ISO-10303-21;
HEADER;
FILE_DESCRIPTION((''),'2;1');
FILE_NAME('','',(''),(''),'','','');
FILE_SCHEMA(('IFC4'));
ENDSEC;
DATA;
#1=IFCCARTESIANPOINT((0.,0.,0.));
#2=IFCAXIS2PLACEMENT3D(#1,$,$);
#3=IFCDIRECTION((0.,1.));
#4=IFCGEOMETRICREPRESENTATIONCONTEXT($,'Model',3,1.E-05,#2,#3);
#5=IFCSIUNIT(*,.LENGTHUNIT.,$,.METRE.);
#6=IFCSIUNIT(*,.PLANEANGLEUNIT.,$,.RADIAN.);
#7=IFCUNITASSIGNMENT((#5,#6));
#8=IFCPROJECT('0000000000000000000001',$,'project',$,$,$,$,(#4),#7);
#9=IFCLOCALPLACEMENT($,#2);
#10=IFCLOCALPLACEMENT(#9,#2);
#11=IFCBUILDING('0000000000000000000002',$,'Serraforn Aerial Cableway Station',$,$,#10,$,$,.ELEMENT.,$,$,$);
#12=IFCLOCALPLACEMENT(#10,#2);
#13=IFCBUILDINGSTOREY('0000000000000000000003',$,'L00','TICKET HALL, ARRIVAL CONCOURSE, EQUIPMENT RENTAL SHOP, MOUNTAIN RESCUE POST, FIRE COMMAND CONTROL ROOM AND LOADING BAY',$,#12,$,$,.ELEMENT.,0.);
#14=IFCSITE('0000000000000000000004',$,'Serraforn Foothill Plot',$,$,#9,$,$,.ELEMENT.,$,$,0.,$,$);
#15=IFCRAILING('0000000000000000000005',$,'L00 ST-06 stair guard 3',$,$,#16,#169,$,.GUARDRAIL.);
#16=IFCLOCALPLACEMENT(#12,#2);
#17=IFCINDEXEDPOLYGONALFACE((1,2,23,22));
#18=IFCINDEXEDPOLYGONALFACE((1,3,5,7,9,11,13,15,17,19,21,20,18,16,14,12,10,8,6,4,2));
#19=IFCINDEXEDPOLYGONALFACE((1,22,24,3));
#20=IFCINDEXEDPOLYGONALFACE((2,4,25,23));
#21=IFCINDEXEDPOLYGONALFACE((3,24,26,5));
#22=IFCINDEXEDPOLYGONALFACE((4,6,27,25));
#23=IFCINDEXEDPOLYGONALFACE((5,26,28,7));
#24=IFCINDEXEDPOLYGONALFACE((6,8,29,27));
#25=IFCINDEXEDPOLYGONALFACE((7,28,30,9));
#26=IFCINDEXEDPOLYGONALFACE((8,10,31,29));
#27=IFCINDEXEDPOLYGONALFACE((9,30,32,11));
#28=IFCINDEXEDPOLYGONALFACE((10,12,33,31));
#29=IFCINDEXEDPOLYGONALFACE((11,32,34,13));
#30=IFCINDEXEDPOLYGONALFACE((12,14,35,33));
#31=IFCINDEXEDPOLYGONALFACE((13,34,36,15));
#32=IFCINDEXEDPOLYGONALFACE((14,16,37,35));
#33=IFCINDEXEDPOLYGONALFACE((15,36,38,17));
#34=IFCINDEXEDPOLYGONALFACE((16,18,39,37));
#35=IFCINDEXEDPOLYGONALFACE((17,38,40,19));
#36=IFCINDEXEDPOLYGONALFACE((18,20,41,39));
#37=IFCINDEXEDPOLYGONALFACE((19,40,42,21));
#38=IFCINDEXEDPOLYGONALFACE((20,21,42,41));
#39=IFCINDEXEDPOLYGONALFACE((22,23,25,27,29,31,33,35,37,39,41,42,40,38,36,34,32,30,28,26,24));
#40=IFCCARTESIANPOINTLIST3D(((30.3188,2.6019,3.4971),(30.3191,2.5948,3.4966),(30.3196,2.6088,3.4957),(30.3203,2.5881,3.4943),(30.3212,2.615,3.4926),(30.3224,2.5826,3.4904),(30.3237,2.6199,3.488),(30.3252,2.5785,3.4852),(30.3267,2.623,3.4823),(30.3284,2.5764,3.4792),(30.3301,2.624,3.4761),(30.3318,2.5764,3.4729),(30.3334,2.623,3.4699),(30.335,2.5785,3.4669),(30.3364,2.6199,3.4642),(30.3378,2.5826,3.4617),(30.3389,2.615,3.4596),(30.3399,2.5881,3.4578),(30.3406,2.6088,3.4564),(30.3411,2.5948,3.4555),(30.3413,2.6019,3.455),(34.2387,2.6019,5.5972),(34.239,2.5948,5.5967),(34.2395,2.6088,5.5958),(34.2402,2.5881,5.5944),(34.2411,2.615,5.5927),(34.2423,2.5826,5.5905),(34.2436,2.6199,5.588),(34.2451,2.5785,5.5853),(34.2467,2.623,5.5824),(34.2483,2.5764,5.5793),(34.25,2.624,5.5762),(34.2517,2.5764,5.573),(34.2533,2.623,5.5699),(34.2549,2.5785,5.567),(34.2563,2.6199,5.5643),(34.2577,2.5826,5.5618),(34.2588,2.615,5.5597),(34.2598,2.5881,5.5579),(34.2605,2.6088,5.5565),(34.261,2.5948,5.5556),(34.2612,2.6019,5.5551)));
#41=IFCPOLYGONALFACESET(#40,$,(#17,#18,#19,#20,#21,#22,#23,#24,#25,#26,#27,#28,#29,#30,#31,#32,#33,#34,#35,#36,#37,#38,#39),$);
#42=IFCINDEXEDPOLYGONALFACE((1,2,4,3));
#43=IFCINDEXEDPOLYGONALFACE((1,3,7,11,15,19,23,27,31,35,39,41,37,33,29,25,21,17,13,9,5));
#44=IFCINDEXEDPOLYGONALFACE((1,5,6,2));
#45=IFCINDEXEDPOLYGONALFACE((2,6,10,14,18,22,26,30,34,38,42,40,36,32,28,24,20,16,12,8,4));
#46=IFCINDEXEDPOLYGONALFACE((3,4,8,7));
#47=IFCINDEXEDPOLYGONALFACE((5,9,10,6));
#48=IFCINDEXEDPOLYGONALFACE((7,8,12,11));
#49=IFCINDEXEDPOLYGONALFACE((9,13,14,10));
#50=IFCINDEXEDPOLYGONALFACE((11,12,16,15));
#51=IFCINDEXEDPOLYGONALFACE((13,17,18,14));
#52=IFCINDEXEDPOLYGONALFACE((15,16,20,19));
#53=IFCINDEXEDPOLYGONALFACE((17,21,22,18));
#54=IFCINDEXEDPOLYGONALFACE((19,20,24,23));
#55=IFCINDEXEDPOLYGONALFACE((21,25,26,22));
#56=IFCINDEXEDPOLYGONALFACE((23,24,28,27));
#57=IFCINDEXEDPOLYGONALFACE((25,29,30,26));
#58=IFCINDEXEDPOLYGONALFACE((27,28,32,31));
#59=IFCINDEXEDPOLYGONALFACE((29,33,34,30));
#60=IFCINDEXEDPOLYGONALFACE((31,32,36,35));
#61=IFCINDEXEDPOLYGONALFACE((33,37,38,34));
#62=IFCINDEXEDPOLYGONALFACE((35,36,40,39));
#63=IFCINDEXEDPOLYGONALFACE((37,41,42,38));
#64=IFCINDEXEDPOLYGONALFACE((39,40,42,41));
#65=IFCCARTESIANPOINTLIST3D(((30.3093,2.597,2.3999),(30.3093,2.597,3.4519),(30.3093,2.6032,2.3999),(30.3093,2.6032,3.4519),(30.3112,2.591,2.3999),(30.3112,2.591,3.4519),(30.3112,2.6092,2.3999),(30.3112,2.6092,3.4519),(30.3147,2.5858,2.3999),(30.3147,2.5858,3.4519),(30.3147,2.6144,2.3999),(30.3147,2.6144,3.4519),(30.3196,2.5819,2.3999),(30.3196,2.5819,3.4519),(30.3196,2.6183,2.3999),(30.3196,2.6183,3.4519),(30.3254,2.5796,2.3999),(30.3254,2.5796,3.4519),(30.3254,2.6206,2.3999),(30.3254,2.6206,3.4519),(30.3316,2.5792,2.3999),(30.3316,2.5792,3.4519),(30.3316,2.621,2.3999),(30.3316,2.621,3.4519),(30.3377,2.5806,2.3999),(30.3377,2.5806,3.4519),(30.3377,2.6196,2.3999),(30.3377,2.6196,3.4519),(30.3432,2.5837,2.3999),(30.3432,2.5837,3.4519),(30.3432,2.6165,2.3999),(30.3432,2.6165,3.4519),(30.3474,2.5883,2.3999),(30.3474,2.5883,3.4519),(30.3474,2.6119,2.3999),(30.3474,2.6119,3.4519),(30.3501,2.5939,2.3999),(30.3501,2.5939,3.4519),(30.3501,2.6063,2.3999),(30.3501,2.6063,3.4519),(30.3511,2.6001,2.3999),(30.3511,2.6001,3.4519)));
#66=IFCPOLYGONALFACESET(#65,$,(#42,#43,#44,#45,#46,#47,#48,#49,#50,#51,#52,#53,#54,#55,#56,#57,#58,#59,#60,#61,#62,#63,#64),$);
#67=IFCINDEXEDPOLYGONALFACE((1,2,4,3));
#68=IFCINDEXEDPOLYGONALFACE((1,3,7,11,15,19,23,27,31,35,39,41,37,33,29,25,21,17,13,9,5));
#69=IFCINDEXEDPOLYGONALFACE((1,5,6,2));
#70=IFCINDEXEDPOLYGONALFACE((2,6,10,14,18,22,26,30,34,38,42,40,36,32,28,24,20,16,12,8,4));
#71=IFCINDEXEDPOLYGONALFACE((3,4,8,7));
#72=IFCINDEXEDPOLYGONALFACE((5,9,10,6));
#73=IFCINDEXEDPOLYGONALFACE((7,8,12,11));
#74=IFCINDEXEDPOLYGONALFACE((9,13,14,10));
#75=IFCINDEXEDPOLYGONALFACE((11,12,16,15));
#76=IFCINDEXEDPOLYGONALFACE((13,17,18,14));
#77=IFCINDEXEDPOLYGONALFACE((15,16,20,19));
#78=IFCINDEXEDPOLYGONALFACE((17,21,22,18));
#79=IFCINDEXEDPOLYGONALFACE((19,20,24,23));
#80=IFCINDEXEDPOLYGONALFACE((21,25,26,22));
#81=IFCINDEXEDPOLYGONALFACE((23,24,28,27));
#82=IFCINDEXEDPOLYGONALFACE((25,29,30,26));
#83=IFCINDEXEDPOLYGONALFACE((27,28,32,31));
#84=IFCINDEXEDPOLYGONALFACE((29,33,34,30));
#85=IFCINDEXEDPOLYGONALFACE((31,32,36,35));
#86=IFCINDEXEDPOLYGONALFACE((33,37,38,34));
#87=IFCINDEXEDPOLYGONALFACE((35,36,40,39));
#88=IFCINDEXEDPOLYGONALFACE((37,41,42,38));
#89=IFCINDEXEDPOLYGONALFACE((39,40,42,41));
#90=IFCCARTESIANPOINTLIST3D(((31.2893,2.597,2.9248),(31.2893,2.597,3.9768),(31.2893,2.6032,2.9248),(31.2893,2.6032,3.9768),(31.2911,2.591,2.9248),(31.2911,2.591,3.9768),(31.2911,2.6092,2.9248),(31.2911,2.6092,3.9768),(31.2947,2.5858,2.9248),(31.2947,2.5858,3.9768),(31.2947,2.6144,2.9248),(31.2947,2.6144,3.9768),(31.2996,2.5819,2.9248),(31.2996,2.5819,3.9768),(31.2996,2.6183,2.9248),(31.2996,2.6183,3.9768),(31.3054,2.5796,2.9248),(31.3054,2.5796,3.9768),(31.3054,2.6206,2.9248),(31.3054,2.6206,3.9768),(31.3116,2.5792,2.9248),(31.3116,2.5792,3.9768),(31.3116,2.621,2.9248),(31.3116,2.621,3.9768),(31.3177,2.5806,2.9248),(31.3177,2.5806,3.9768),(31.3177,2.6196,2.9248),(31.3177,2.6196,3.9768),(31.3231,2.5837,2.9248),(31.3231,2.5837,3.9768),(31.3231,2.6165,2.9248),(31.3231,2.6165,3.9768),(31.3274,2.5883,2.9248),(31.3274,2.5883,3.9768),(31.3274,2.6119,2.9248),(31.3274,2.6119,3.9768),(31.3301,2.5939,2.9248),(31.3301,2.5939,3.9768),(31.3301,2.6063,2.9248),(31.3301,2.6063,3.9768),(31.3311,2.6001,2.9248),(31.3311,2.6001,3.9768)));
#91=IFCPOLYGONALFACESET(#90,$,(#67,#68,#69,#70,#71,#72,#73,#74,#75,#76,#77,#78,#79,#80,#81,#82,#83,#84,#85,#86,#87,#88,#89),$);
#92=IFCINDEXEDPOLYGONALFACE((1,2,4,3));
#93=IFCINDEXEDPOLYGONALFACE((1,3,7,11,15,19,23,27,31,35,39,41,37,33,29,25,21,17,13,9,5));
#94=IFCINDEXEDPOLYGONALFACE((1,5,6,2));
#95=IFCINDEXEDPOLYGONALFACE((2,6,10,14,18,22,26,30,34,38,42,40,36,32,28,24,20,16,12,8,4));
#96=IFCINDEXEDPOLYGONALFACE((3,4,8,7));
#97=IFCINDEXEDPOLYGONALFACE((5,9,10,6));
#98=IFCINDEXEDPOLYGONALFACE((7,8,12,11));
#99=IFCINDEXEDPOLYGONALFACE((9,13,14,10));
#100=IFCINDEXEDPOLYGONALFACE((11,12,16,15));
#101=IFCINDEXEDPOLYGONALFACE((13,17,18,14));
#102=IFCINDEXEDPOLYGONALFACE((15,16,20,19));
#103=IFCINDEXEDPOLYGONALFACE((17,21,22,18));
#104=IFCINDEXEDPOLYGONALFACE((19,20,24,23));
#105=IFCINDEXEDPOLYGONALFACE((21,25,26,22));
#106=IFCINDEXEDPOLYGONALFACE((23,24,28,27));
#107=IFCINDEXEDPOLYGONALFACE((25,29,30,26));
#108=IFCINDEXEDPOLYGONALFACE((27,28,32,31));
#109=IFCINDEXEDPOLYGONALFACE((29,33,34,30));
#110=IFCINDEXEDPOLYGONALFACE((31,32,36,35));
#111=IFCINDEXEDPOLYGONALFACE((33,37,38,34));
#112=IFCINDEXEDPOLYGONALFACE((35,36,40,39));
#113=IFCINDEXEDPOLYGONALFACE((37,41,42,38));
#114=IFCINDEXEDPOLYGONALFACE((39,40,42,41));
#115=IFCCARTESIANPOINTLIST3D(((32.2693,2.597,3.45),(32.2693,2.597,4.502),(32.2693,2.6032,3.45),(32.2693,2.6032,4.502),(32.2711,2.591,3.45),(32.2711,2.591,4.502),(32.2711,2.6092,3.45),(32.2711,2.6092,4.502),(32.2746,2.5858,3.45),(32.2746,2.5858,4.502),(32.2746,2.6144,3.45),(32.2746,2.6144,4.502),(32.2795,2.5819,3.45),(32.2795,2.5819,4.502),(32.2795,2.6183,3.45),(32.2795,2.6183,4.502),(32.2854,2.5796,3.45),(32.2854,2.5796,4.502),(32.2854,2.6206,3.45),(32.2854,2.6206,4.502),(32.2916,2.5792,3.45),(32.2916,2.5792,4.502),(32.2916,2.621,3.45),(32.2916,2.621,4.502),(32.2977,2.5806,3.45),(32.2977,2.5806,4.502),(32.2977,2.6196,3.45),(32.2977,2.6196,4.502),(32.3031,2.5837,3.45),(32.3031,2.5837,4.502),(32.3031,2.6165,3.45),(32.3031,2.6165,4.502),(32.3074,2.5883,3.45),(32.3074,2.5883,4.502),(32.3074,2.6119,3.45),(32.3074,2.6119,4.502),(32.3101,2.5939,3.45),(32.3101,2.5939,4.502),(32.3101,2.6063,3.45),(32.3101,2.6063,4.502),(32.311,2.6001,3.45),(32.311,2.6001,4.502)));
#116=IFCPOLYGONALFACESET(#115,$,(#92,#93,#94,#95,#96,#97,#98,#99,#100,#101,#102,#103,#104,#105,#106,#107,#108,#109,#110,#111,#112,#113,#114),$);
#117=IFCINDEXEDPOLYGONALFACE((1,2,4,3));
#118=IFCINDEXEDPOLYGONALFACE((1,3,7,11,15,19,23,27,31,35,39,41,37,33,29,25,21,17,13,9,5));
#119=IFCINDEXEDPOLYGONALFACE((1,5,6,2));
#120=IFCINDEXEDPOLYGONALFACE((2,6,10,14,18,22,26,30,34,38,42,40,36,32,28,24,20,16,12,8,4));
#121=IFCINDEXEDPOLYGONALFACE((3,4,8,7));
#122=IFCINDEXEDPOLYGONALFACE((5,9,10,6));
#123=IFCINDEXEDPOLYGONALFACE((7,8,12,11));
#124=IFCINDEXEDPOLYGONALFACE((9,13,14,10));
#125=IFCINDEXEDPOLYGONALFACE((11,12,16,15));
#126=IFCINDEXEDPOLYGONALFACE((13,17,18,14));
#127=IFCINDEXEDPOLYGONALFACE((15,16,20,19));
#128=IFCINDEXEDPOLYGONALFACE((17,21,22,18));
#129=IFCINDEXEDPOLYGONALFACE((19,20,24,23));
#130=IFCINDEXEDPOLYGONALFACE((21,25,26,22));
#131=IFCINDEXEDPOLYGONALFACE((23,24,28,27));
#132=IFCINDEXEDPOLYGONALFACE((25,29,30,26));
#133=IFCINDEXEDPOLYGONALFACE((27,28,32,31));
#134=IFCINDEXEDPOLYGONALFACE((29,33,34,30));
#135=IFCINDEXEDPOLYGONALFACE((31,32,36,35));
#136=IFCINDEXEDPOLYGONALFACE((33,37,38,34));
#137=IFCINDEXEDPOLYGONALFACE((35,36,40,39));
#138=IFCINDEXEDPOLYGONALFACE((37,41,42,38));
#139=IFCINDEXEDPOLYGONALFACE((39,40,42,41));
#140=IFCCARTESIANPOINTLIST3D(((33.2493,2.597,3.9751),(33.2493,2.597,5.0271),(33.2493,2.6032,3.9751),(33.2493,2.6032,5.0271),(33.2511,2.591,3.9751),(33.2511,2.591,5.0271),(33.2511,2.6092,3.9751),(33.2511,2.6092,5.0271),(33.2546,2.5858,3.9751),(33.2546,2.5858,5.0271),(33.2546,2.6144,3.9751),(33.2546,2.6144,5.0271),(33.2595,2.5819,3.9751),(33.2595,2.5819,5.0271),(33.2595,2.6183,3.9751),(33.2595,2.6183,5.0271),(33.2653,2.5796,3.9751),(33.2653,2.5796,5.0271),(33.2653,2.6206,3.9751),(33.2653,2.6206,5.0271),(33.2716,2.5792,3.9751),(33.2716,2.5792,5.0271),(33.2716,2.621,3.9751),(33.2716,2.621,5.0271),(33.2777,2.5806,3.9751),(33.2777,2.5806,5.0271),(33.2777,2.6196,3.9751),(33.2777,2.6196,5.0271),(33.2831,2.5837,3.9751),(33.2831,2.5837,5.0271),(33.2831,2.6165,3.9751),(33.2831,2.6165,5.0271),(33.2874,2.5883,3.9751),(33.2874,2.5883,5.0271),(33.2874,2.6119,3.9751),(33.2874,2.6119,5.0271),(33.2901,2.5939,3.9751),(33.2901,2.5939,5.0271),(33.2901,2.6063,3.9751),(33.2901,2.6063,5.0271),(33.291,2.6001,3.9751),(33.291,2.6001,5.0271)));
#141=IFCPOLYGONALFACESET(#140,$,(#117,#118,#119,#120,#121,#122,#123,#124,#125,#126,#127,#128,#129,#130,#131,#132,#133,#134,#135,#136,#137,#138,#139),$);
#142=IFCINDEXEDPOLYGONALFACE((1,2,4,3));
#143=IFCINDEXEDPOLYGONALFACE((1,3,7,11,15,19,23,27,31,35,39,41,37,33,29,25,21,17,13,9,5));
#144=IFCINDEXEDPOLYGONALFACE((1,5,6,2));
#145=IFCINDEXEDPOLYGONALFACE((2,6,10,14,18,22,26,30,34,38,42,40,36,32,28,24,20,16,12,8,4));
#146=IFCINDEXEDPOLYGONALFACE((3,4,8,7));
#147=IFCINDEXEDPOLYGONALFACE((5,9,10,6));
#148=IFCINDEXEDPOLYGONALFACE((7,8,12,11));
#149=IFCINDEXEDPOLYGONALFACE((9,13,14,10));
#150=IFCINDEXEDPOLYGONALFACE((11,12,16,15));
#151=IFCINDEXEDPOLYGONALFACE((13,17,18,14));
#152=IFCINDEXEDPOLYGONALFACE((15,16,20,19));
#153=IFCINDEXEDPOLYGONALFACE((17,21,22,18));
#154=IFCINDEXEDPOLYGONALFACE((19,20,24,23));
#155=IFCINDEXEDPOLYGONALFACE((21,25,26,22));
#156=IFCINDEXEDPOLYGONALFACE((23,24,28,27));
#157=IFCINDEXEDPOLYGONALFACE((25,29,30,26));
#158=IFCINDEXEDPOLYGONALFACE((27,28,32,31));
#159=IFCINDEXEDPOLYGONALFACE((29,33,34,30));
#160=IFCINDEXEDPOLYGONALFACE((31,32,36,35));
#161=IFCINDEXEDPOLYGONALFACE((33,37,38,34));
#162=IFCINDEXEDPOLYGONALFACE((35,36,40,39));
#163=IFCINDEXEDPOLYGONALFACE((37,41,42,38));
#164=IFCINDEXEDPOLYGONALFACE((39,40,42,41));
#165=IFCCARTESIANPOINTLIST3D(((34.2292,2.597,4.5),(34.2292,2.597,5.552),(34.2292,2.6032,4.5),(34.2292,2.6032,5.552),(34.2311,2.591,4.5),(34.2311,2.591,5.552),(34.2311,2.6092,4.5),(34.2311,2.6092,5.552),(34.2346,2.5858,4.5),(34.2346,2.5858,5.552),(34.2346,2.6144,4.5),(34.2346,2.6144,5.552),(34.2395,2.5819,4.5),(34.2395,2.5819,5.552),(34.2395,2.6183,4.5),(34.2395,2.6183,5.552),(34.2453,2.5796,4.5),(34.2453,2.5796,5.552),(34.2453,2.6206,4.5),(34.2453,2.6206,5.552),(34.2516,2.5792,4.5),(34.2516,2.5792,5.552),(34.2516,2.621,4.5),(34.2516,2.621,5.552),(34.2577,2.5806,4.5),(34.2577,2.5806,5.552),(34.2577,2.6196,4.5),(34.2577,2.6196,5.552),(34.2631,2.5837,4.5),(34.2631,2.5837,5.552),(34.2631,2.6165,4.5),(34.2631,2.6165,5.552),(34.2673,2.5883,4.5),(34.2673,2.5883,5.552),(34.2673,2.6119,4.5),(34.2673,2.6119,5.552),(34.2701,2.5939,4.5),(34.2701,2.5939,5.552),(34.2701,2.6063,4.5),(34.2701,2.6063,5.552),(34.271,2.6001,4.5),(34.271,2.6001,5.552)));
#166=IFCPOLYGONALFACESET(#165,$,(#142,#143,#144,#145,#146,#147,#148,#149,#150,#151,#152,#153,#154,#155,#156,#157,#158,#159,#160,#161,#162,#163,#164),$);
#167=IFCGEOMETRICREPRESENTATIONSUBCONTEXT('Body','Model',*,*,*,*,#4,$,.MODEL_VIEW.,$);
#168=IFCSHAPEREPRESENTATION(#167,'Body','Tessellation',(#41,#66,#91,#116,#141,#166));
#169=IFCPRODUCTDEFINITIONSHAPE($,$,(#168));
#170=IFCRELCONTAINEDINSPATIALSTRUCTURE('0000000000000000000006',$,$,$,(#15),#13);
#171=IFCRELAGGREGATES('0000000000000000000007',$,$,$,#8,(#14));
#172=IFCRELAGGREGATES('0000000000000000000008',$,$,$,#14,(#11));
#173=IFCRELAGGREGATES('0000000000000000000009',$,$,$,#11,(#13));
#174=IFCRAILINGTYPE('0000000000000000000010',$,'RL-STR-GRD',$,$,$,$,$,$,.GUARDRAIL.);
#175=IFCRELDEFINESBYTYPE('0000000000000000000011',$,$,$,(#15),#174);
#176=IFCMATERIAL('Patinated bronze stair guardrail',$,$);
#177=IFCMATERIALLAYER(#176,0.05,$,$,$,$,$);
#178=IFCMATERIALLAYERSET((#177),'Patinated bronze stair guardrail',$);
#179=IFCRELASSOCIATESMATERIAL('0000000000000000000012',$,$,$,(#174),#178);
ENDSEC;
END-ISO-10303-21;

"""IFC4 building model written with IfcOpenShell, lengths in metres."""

from ifc_helpers import new_model, si_unit, direction, frame, origin, origin_2d, place, context, subcontext, project, spatial, circle, extrude, material, layer, layer_set, type_object, element, save


model = new_model("IFC4")

# Units and contexts
model_context = context("Model", 3, precision=1e-05, world=origin(), true_north=direction((0.0, 1.0)))
body_context = subcontext(model_context, "Body", "Model", "MODEL_VIEW")
ifc_project = project(units=[si_unit("LENGTHUNIT", "METRE"), si_unit("PLANEANGLEUNIT", "RADIAN")], contexts=[model_context])

# Site, building, storey
site_placement = place(None, origin())
site = spatial("IfcSite", under=ifc_project, at=site_placement, Name="Serraforn Foothill Plot", CompositionType="ELEMENT", RefElevation=0.0)
building_placement = place(site_placement, origin())
building = spatial("IfcBuilding", under=site, at=building_placement, Name="Serraforn Aerial Cableway Station", CompositionType="ELEMENT")
storey_placement = place(building_placement, origin())
storey = spatial("IfcBuildingStorey", under=building, at=storey_placement, Name="L00", Description="TICKET HALL, ARRIVAL CONCOURSE, EQUIPMENT RENTAL SHOP, MOUNTAIN RESCUE POST, FIRE COMMAND CONTROL ROOM AND LOADING BAY", CompositionType="ELEMENT", Elevation=0.0)

# Railing
ifc_material_1 = material(Name="Patinated bronze stair guardrail")
ifc_layer_1 = layer(ifc_material_1, 0.05)
ifc_layer_set_1 = layer_set([ifc_layer_1], Name="Patinated bronze stair guardrail")
railing_type_1 = type_object("IfcRailingType", Name="RL-STR-GRD", PredefinedType="GUARDRAIL", material=ifc_layer_set_1)
railing_1_placement = place(storey_placement, frame((30.3301, 2.6001, 2.3999)))
element("IfcRailing", 1, at=railing_1_placement, inside=storey, type_object=railing_type_1, Name="L00 ST-06 stair guard 3", PredefinedType="GUARDRAIL", context=body_context, shape_type="SweptSolid", body=[
    extrude(circle(Radius=0.0239, at=origin_2d()), frame((0.0, 0.0, 1.0762), z_axis=(0.881467, 0.0, 0.472246), x_axis=(0.0, 1.0, 0.0)), (0.0, 0.0, 1.0), 4.447),
    extrude(circle(Radius=0.021, at=origin_2d()), origin(), (0.0, 0.0, 1.0), 1.052),
    extrude(circle(Radius=0.021, at=origin_2d()), frame((0.98, 0.0, 0.5249)), (0.0, 0.0, 1.0), 1.052),
    extrude(circle(Radius=0.021, at=origin_2d()), frame((1.96, 0.0, 1.05)), (0.0, 0.0, 1.0), 1.052),
    extrude(circle(Radius=0.021, at=origin_2d()), frame((2.9399, 0.0, 1.5752)), (0.0, 0.0, 1.0), 1.052),
    extrude(circle(Radius=0.021, at=origin_2d()), frame((3.9199, 0.0, 2.1001)), (0.0, 0.0, 1.0), 1.052),
])

save(model, "model.ifc")
